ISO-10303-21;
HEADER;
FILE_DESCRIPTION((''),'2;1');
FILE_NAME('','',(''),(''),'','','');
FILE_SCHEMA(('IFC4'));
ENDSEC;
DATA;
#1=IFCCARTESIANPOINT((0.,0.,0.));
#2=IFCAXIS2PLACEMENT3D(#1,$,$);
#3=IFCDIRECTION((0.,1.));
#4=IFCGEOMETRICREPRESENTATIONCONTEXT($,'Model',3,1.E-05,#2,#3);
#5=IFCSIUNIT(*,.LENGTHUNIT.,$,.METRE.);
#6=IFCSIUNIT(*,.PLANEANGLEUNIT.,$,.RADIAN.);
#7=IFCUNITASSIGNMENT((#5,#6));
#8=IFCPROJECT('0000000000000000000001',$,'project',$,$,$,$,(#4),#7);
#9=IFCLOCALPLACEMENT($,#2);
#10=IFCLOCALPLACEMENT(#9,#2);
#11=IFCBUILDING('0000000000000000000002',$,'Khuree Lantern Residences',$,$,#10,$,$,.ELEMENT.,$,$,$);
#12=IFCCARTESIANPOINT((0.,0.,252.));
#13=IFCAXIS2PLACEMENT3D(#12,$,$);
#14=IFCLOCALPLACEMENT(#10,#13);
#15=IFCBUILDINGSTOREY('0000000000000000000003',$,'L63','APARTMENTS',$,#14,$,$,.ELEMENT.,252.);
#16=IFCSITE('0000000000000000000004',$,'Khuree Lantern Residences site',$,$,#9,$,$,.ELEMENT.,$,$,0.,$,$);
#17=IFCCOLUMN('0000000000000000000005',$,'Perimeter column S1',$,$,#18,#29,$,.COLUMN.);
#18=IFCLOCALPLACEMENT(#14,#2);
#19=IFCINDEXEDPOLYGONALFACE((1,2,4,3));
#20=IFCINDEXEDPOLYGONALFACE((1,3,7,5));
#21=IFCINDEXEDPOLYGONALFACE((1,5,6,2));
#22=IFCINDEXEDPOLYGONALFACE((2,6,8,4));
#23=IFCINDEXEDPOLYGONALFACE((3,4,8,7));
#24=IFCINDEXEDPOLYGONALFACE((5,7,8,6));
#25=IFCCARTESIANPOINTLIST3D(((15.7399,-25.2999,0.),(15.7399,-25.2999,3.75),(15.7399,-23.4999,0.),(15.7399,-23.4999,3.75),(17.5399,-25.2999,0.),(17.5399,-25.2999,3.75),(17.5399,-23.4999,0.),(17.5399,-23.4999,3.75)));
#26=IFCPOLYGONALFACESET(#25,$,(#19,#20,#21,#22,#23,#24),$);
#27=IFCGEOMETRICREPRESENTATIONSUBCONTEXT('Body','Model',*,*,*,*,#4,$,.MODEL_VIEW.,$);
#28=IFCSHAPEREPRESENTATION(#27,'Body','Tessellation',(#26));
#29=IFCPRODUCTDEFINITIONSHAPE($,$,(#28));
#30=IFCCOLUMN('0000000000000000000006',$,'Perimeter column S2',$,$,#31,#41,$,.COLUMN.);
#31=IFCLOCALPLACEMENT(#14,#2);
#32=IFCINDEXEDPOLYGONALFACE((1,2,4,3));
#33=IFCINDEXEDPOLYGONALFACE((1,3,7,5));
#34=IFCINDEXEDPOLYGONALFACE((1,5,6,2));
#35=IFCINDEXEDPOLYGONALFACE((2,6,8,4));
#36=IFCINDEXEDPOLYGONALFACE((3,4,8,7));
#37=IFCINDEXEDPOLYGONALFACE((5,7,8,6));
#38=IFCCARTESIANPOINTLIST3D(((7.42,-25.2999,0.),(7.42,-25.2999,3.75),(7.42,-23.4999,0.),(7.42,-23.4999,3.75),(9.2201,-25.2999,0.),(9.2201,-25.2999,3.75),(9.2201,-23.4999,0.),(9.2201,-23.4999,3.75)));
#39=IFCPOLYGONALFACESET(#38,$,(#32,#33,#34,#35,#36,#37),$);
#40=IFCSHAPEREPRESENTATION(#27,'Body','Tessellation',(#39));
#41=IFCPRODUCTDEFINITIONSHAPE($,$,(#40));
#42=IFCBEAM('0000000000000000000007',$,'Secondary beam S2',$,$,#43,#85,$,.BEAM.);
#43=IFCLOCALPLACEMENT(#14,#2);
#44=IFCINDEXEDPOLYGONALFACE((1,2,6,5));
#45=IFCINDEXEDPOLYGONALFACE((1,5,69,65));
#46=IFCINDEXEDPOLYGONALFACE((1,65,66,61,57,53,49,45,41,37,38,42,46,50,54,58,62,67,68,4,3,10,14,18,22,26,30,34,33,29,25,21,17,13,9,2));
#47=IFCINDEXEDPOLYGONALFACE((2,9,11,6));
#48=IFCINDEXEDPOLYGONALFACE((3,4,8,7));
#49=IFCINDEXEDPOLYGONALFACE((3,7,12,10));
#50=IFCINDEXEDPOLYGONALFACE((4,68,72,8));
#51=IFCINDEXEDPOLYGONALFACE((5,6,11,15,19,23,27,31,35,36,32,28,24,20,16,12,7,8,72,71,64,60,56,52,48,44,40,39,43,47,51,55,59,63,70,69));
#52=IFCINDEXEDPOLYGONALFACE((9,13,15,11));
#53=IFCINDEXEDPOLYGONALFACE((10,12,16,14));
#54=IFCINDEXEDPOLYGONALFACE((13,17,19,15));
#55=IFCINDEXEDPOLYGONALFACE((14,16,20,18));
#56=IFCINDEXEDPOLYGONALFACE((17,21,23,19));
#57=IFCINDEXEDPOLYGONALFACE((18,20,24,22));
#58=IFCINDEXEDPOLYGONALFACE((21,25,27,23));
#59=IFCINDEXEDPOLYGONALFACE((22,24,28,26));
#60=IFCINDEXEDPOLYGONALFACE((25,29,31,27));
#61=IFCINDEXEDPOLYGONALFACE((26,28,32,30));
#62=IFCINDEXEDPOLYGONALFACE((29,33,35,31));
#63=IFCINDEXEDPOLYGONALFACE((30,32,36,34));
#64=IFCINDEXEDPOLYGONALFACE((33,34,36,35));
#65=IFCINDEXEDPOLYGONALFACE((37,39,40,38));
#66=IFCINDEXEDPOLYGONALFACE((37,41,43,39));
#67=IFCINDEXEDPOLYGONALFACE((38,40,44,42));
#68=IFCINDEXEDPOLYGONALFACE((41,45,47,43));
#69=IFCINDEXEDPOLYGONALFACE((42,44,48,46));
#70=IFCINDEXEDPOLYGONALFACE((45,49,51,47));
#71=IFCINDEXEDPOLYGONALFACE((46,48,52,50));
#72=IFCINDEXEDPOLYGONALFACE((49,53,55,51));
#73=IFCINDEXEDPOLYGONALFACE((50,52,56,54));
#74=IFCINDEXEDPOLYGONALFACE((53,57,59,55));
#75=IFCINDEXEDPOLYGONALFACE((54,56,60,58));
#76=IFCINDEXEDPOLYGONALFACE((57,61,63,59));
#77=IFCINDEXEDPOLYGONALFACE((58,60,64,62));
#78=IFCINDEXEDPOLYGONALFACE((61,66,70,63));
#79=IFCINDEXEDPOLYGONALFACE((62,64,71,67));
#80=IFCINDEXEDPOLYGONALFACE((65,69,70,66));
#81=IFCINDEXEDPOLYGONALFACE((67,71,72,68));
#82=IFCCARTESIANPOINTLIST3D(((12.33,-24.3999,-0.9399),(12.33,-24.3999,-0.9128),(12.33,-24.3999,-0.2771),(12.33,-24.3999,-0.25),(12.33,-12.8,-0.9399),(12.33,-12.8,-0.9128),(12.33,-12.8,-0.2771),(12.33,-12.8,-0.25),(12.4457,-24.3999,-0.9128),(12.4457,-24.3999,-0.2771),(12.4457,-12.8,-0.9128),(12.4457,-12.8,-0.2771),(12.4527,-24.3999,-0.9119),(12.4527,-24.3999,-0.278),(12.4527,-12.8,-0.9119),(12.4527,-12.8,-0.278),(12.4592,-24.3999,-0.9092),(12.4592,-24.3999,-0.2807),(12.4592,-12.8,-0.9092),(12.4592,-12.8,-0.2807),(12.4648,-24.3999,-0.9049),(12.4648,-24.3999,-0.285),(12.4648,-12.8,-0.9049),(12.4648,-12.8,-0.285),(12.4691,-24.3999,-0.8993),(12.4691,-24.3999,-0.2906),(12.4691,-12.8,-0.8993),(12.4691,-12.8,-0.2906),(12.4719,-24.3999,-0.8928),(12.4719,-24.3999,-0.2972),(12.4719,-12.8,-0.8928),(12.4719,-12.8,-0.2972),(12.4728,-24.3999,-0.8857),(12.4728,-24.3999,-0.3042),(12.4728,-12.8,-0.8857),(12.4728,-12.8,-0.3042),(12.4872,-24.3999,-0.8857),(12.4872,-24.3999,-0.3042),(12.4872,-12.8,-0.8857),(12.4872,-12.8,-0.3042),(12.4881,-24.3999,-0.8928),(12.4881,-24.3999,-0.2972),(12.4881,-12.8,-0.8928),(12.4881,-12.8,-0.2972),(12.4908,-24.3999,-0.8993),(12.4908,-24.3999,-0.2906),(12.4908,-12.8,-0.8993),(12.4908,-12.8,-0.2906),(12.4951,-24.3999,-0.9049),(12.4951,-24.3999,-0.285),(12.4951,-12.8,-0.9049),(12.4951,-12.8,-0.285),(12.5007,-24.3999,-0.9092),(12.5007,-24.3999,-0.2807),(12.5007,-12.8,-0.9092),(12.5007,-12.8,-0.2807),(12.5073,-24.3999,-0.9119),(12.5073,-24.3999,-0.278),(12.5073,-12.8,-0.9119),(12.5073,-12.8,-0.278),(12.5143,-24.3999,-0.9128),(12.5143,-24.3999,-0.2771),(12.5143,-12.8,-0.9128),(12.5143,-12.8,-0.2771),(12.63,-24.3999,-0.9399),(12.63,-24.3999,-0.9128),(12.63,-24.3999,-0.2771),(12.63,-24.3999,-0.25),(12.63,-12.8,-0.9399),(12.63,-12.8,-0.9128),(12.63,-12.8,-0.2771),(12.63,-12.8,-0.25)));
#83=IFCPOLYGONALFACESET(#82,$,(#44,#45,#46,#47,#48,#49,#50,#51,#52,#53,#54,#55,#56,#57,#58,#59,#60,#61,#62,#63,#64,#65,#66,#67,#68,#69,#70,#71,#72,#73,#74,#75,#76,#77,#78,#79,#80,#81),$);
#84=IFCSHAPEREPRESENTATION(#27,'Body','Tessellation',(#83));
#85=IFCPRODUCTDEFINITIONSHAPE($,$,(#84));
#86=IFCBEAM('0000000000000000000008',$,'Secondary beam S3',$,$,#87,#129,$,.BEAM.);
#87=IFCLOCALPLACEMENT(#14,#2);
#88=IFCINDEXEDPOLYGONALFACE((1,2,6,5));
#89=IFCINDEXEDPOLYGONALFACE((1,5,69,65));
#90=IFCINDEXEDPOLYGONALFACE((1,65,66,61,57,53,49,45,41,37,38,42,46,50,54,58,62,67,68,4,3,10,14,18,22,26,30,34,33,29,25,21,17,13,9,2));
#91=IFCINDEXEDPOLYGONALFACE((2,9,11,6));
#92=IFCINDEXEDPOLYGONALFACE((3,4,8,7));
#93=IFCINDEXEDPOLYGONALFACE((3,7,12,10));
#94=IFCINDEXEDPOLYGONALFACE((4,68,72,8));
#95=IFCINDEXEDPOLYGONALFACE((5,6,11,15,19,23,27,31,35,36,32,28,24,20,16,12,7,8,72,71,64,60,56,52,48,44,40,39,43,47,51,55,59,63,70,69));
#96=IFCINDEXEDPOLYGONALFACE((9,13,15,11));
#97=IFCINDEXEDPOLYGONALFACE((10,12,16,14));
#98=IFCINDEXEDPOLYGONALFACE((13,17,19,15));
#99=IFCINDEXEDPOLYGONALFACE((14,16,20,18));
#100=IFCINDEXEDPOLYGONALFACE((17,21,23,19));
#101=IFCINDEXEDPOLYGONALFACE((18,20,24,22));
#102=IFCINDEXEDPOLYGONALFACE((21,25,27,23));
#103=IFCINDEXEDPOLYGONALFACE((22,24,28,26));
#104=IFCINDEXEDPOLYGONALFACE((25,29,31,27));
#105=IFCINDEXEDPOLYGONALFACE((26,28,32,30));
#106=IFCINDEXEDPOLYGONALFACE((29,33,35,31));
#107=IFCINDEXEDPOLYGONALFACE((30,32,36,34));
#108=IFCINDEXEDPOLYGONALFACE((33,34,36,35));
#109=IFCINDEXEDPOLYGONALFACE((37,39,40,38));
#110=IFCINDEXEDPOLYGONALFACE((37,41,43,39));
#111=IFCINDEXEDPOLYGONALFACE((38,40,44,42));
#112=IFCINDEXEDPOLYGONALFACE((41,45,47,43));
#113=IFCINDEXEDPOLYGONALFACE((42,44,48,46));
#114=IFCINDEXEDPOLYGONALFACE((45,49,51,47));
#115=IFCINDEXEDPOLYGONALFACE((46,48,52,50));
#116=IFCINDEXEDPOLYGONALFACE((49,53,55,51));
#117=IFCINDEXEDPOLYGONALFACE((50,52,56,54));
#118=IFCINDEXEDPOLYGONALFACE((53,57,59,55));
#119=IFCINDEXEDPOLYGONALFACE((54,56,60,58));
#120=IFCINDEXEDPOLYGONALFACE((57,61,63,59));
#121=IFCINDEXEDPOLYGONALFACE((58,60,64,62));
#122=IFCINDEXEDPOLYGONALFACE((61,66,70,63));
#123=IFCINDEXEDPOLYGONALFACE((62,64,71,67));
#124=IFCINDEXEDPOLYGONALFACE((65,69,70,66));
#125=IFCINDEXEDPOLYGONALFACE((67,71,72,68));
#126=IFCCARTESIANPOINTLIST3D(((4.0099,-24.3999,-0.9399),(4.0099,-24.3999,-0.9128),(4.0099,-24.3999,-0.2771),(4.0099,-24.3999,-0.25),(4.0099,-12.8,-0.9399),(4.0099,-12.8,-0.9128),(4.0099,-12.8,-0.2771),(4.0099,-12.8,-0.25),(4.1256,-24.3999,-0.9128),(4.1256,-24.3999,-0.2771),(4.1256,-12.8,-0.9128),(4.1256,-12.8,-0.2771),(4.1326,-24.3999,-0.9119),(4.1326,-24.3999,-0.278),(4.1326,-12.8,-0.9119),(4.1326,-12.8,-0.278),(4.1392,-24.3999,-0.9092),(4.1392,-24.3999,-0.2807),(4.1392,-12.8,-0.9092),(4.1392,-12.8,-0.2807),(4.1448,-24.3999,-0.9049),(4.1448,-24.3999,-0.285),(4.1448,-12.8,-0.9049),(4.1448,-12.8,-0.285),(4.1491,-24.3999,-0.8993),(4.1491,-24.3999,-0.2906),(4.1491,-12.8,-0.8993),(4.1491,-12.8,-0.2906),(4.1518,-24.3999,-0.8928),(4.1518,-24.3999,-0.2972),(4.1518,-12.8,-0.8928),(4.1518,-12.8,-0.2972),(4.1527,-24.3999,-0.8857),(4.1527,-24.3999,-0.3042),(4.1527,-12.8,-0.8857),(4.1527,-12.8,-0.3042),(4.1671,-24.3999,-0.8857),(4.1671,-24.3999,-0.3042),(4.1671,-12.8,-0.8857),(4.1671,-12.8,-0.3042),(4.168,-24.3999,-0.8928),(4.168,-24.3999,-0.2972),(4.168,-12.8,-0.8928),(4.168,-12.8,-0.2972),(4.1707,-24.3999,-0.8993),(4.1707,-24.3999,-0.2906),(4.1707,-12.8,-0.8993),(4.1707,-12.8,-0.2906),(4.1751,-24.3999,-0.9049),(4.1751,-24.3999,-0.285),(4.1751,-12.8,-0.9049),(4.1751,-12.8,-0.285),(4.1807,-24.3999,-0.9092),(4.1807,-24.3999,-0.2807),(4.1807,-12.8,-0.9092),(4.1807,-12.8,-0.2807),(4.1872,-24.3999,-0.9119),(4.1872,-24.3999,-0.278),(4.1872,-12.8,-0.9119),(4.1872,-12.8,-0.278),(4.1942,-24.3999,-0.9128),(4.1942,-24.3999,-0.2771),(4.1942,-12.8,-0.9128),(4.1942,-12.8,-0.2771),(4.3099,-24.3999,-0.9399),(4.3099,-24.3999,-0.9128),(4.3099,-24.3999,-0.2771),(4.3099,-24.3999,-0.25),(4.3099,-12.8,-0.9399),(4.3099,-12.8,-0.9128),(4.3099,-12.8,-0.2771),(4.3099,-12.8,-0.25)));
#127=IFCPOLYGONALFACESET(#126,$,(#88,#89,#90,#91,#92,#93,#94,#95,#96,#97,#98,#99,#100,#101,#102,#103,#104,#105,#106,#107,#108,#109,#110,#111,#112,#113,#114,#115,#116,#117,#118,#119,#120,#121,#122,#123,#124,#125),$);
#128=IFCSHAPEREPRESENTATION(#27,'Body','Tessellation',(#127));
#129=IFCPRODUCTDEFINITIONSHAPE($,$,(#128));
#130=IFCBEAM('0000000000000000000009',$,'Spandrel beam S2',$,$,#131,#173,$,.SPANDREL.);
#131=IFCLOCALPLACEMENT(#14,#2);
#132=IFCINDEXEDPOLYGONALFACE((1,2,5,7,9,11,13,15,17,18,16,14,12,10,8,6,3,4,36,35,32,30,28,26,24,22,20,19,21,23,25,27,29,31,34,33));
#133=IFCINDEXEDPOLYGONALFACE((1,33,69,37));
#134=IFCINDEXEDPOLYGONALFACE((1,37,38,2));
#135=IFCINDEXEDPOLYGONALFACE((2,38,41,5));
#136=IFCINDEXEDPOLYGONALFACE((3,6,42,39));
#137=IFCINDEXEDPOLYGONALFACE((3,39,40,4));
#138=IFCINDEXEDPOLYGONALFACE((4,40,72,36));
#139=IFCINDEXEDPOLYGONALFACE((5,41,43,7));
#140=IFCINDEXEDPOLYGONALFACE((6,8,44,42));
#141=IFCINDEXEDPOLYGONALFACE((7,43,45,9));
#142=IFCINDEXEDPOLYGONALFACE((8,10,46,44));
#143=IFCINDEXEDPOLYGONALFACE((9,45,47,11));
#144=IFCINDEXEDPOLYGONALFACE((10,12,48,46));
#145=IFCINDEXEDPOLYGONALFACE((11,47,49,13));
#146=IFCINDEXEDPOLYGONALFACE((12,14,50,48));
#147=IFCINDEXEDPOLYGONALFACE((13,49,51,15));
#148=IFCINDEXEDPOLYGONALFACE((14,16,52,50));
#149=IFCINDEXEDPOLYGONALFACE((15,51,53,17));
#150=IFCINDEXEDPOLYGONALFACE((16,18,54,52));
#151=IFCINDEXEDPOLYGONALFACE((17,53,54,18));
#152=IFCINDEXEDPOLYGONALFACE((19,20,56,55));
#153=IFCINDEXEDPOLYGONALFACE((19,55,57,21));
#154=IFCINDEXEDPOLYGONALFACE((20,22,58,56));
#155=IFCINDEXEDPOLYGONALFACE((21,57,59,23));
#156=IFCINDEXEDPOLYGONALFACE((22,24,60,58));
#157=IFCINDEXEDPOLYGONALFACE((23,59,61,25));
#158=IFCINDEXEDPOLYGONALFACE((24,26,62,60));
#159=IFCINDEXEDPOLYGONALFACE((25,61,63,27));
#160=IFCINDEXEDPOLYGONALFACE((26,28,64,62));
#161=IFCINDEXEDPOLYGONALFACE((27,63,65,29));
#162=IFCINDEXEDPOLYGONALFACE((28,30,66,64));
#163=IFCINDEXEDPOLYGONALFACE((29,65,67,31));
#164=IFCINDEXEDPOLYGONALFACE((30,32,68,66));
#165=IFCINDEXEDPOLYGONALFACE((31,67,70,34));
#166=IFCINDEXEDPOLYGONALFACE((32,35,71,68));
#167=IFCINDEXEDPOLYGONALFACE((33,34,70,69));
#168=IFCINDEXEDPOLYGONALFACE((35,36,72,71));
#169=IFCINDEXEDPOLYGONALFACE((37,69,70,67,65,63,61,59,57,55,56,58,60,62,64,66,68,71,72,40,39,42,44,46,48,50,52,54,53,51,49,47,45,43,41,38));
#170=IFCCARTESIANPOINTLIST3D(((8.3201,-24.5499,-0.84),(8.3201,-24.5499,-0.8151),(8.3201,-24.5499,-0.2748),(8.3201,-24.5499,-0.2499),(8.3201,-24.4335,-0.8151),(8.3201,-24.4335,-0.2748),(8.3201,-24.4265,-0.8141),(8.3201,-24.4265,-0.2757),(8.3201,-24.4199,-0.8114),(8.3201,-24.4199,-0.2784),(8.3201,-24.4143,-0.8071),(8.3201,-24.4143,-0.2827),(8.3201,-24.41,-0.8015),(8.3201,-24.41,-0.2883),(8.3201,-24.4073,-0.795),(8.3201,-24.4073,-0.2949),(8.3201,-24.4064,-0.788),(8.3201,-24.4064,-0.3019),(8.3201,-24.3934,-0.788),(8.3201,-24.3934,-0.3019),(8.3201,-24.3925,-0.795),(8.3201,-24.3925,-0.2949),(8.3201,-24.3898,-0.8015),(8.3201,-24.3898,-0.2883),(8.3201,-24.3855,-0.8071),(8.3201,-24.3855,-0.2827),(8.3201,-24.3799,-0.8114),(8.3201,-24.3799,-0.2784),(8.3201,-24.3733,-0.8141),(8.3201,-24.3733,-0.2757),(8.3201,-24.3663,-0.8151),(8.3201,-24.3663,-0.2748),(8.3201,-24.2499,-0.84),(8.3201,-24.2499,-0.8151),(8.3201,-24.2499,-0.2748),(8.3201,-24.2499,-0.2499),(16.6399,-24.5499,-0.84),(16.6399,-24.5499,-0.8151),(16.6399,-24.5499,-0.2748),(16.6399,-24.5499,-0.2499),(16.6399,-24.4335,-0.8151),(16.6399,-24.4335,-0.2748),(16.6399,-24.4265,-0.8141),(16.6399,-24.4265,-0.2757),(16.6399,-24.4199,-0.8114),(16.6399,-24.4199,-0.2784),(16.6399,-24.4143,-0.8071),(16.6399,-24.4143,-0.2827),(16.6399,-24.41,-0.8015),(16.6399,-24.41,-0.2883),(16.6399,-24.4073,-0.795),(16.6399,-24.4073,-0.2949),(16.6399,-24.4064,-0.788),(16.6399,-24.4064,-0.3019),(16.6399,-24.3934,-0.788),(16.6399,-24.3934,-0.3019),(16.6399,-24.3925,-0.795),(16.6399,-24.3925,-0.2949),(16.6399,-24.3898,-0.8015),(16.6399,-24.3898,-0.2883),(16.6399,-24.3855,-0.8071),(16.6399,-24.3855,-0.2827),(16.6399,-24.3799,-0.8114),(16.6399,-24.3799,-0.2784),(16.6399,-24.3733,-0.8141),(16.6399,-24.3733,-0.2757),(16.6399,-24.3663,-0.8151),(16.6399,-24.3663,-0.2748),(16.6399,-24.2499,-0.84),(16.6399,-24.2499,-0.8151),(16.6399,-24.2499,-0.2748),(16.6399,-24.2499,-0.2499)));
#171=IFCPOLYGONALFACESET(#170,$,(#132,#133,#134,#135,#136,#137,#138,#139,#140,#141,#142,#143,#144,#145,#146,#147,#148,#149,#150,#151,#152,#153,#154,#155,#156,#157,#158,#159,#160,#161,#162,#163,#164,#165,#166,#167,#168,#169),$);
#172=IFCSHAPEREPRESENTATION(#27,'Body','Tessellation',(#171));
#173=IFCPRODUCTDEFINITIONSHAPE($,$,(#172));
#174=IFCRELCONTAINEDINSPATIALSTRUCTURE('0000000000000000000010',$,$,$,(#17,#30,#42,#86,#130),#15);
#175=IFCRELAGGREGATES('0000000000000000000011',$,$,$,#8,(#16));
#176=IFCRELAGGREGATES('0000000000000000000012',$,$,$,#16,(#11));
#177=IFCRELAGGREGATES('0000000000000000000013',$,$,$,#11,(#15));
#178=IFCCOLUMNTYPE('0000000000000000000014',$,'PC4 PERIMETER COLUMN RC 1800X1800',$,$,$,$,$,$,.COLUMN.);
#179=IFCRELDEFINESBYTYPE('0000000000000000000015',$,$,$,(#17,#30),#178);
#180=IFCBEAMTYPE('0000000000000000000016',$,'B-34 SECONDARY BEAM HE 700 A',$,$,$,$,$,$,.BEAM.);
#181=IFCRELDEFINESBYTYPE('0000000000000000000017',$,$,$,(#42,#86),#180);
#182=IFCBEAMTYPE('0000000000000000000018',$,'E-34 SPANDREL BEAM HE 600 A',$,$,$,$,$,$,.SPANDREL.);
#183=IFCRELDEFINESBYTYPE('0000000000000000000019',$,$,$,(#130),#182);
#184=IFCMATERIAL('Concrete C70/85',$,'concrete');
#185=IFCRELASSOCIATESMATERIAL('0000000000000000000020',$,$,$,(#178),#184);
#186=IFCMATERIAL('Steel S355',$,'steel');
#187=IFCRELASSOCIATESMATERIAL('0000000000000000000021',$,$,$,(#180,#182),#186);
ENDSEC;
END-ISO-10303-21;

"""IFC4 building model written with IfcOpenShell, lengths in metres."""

from ifc_helpers import new_model, si_unit, direction, frame, origin, origin_2d, place, context, subcontext, project, spatial, rectangle, i_section, extrude, material, material_profile, profile_set, type_object, element, save


model = new_model("IFC4")

# Units and contexts
model_context = context("Model", 3, precision=1e-05, world=origin(), true_north=direction((0.0, 1.0)))
body_context = subcontext(model_context, "Body", "Model", "MODEL_VIEW")
ifc_project = project(units=[si_unit("LENGTHUNIT", "METRE"), si_unit("PLANEANGLEUNIT", "RADIAN")], contexts=[model_context])

# Site, building, storey
site_placement = place(None, origin())
site = spatial("IfcSite", under=ifc_project, at=site_placement, Name="Khuree Lantern Residences site", CompositionType="ELEMENT", RefElevation=0.0)
building_placement = place(site_placement, origin())
building = spatial("IfcBuilding", under=site, at=building_placement, Name="Khuree Lantern Residences", CompositionType="ELEMENT")
storey_placement = place(building_placement, frame((0.0, 0.0, 252.0)))
storey = spatial("IfcBuildingStorey", under=building, at=storey_placement, Name="L63", Description="APARTMENTS", CompositionType="ELEMENT", Elevation=252.0)

# Columns
ifc_material_1 = material(Name="Concrete C70/85", Category="concrete")
ifc_material_profile_1 = material_profile(ifc_material_1, rectangle(XDim=1.8, YDim=1.8, at=origin_2d()), Name="RC 1800X1800")
ifc_profile_set_1 = profile_set([ifc_material_profile_1], Name="Concrete C70/85")
column_type = type_object("IfcColumnType", Name="PC4 PERIMETER COLUMN RC 1800X1800", PredefinedType="COLUMN", material=ifc_profile_set_1)
for number, where, z_axis, x_axis, name in (
    (1, (16.6399, -24.3999, 0.0), (0.0, 0.0, 1.0), (1.0, 0.0, 0.0), "Perimeter column S1"),
    (2, (8.3201, -24.3999, 0.0), (0.0, 0.0, 1.0), (1.0, 0.0, 0.0), "Perimeter column S2"),
):
    element("IfcColumn", number, at=place(storey_placement, frame(where, z_axis=z_axis, x_axis=x_axis)), inside=storey, type_object=column_type, Name=name, PredefinedType="COLUMN", context=body_context, shape_type="SweptSolid", body=[
        extrude(rectangle(XDim=1.8, YDim=1.8, at=origin_2d()), origin(), (0.0, 0.0, 1.0), 3.75),
    ])

# Beams
ifc_material_2 = material(Name="Steel S355", Category="steel")
ifc_material_profile_2 = material_profile(ifc_material_2, i_section(OverallWidth=0.3, OverallDepth=0.6899, WebThickness=0.0144, FlangeThickness=0.0271, FilletRadius=0.0271, at=origin_2d()), Name="HE 700 A")
ifc_profile_set_2 = profile_set([ifc_material_profile_2], Name="Steel S355")
beam_type_1 = type_object("IfcBeamType", Name="B-34 SECONDARY BEAM HE 700 A", PredefinedType="BEAM", material=ifc_profile_set_2)
for number, where, z_axis, x_axis, name in (
    (3, (12.48, -24.3999, -0.595), (0.0, 1.0, 0.0), (-1.0, 0.0, 0.0), "Secondary beam S2"),
    (4, (4.1599, -24.3999, -0.595), (0.0, 1.0, 0.0), (-1.0, 0.0, 0.0), "Secondary beam S3"),
):
    element("IfcBeam", number, at=place(storey_placement, frame(where, z_axis=z_axis, x_axis=x_axis)), inside=storey, type_object=beam_type_1, Name=name, PredefinedType="BEAM", context=body_context, shape_type="SweptSolid", body=[
        extrude(i_section(OverallWidth=0.3, OverallDepth=0.6899, WebThickness=0.0144, FlangeThickness=0.0271, FilletRadius=0.0271, at=origin_2d()), origin(), (0.0, 0.0, 1.0), 11.5999),
    ])
ifc_material_profile_3 = material_profile(ifc_material_2, i_section(OverallWidth=0.3, OverallDepth=0.5901, WebThickness=0.0129, FlangeThickness=0.0249, FilletRadius=0.0271, at=origin_2d()), Name="HE 600 A")
ifc_profile_set_3 = profile_set([ifc_material_profile_3], Name="Steel S355")
beam_type_2 = type_object("IfcBeamType", Name="E-34 SPANDREL BEAM HE 600 A", PredefinedType="SPANDREL", material=ifc_profile_set_3)
beam_1_placement = place(storey_placement, frame((16.6399, -24.3999, -0.5449), z_axis=(-1.0, 0.0, 0.0), x_axis=(0.0, -1.0, 0.0)))
element("IfcBeam", 5, at=beam_1_placement, inside=storey, type_object=beam_type_2, Name="Spandrel beam S2", PredefinedType="SPANDREL", context=body_context, shape_type="SweptSolid", body=[
    extrude(i_section(OverallWidth=0.3, OverallDepth=0.5901, WebThickness=0.0129, FlangeThickness=0.0249, FilletRadius=0.0271, at=origin_2d()), origin(), (0.0, 0.0, 1.0), 8.3198),
])

save(model, "model.ifc")
